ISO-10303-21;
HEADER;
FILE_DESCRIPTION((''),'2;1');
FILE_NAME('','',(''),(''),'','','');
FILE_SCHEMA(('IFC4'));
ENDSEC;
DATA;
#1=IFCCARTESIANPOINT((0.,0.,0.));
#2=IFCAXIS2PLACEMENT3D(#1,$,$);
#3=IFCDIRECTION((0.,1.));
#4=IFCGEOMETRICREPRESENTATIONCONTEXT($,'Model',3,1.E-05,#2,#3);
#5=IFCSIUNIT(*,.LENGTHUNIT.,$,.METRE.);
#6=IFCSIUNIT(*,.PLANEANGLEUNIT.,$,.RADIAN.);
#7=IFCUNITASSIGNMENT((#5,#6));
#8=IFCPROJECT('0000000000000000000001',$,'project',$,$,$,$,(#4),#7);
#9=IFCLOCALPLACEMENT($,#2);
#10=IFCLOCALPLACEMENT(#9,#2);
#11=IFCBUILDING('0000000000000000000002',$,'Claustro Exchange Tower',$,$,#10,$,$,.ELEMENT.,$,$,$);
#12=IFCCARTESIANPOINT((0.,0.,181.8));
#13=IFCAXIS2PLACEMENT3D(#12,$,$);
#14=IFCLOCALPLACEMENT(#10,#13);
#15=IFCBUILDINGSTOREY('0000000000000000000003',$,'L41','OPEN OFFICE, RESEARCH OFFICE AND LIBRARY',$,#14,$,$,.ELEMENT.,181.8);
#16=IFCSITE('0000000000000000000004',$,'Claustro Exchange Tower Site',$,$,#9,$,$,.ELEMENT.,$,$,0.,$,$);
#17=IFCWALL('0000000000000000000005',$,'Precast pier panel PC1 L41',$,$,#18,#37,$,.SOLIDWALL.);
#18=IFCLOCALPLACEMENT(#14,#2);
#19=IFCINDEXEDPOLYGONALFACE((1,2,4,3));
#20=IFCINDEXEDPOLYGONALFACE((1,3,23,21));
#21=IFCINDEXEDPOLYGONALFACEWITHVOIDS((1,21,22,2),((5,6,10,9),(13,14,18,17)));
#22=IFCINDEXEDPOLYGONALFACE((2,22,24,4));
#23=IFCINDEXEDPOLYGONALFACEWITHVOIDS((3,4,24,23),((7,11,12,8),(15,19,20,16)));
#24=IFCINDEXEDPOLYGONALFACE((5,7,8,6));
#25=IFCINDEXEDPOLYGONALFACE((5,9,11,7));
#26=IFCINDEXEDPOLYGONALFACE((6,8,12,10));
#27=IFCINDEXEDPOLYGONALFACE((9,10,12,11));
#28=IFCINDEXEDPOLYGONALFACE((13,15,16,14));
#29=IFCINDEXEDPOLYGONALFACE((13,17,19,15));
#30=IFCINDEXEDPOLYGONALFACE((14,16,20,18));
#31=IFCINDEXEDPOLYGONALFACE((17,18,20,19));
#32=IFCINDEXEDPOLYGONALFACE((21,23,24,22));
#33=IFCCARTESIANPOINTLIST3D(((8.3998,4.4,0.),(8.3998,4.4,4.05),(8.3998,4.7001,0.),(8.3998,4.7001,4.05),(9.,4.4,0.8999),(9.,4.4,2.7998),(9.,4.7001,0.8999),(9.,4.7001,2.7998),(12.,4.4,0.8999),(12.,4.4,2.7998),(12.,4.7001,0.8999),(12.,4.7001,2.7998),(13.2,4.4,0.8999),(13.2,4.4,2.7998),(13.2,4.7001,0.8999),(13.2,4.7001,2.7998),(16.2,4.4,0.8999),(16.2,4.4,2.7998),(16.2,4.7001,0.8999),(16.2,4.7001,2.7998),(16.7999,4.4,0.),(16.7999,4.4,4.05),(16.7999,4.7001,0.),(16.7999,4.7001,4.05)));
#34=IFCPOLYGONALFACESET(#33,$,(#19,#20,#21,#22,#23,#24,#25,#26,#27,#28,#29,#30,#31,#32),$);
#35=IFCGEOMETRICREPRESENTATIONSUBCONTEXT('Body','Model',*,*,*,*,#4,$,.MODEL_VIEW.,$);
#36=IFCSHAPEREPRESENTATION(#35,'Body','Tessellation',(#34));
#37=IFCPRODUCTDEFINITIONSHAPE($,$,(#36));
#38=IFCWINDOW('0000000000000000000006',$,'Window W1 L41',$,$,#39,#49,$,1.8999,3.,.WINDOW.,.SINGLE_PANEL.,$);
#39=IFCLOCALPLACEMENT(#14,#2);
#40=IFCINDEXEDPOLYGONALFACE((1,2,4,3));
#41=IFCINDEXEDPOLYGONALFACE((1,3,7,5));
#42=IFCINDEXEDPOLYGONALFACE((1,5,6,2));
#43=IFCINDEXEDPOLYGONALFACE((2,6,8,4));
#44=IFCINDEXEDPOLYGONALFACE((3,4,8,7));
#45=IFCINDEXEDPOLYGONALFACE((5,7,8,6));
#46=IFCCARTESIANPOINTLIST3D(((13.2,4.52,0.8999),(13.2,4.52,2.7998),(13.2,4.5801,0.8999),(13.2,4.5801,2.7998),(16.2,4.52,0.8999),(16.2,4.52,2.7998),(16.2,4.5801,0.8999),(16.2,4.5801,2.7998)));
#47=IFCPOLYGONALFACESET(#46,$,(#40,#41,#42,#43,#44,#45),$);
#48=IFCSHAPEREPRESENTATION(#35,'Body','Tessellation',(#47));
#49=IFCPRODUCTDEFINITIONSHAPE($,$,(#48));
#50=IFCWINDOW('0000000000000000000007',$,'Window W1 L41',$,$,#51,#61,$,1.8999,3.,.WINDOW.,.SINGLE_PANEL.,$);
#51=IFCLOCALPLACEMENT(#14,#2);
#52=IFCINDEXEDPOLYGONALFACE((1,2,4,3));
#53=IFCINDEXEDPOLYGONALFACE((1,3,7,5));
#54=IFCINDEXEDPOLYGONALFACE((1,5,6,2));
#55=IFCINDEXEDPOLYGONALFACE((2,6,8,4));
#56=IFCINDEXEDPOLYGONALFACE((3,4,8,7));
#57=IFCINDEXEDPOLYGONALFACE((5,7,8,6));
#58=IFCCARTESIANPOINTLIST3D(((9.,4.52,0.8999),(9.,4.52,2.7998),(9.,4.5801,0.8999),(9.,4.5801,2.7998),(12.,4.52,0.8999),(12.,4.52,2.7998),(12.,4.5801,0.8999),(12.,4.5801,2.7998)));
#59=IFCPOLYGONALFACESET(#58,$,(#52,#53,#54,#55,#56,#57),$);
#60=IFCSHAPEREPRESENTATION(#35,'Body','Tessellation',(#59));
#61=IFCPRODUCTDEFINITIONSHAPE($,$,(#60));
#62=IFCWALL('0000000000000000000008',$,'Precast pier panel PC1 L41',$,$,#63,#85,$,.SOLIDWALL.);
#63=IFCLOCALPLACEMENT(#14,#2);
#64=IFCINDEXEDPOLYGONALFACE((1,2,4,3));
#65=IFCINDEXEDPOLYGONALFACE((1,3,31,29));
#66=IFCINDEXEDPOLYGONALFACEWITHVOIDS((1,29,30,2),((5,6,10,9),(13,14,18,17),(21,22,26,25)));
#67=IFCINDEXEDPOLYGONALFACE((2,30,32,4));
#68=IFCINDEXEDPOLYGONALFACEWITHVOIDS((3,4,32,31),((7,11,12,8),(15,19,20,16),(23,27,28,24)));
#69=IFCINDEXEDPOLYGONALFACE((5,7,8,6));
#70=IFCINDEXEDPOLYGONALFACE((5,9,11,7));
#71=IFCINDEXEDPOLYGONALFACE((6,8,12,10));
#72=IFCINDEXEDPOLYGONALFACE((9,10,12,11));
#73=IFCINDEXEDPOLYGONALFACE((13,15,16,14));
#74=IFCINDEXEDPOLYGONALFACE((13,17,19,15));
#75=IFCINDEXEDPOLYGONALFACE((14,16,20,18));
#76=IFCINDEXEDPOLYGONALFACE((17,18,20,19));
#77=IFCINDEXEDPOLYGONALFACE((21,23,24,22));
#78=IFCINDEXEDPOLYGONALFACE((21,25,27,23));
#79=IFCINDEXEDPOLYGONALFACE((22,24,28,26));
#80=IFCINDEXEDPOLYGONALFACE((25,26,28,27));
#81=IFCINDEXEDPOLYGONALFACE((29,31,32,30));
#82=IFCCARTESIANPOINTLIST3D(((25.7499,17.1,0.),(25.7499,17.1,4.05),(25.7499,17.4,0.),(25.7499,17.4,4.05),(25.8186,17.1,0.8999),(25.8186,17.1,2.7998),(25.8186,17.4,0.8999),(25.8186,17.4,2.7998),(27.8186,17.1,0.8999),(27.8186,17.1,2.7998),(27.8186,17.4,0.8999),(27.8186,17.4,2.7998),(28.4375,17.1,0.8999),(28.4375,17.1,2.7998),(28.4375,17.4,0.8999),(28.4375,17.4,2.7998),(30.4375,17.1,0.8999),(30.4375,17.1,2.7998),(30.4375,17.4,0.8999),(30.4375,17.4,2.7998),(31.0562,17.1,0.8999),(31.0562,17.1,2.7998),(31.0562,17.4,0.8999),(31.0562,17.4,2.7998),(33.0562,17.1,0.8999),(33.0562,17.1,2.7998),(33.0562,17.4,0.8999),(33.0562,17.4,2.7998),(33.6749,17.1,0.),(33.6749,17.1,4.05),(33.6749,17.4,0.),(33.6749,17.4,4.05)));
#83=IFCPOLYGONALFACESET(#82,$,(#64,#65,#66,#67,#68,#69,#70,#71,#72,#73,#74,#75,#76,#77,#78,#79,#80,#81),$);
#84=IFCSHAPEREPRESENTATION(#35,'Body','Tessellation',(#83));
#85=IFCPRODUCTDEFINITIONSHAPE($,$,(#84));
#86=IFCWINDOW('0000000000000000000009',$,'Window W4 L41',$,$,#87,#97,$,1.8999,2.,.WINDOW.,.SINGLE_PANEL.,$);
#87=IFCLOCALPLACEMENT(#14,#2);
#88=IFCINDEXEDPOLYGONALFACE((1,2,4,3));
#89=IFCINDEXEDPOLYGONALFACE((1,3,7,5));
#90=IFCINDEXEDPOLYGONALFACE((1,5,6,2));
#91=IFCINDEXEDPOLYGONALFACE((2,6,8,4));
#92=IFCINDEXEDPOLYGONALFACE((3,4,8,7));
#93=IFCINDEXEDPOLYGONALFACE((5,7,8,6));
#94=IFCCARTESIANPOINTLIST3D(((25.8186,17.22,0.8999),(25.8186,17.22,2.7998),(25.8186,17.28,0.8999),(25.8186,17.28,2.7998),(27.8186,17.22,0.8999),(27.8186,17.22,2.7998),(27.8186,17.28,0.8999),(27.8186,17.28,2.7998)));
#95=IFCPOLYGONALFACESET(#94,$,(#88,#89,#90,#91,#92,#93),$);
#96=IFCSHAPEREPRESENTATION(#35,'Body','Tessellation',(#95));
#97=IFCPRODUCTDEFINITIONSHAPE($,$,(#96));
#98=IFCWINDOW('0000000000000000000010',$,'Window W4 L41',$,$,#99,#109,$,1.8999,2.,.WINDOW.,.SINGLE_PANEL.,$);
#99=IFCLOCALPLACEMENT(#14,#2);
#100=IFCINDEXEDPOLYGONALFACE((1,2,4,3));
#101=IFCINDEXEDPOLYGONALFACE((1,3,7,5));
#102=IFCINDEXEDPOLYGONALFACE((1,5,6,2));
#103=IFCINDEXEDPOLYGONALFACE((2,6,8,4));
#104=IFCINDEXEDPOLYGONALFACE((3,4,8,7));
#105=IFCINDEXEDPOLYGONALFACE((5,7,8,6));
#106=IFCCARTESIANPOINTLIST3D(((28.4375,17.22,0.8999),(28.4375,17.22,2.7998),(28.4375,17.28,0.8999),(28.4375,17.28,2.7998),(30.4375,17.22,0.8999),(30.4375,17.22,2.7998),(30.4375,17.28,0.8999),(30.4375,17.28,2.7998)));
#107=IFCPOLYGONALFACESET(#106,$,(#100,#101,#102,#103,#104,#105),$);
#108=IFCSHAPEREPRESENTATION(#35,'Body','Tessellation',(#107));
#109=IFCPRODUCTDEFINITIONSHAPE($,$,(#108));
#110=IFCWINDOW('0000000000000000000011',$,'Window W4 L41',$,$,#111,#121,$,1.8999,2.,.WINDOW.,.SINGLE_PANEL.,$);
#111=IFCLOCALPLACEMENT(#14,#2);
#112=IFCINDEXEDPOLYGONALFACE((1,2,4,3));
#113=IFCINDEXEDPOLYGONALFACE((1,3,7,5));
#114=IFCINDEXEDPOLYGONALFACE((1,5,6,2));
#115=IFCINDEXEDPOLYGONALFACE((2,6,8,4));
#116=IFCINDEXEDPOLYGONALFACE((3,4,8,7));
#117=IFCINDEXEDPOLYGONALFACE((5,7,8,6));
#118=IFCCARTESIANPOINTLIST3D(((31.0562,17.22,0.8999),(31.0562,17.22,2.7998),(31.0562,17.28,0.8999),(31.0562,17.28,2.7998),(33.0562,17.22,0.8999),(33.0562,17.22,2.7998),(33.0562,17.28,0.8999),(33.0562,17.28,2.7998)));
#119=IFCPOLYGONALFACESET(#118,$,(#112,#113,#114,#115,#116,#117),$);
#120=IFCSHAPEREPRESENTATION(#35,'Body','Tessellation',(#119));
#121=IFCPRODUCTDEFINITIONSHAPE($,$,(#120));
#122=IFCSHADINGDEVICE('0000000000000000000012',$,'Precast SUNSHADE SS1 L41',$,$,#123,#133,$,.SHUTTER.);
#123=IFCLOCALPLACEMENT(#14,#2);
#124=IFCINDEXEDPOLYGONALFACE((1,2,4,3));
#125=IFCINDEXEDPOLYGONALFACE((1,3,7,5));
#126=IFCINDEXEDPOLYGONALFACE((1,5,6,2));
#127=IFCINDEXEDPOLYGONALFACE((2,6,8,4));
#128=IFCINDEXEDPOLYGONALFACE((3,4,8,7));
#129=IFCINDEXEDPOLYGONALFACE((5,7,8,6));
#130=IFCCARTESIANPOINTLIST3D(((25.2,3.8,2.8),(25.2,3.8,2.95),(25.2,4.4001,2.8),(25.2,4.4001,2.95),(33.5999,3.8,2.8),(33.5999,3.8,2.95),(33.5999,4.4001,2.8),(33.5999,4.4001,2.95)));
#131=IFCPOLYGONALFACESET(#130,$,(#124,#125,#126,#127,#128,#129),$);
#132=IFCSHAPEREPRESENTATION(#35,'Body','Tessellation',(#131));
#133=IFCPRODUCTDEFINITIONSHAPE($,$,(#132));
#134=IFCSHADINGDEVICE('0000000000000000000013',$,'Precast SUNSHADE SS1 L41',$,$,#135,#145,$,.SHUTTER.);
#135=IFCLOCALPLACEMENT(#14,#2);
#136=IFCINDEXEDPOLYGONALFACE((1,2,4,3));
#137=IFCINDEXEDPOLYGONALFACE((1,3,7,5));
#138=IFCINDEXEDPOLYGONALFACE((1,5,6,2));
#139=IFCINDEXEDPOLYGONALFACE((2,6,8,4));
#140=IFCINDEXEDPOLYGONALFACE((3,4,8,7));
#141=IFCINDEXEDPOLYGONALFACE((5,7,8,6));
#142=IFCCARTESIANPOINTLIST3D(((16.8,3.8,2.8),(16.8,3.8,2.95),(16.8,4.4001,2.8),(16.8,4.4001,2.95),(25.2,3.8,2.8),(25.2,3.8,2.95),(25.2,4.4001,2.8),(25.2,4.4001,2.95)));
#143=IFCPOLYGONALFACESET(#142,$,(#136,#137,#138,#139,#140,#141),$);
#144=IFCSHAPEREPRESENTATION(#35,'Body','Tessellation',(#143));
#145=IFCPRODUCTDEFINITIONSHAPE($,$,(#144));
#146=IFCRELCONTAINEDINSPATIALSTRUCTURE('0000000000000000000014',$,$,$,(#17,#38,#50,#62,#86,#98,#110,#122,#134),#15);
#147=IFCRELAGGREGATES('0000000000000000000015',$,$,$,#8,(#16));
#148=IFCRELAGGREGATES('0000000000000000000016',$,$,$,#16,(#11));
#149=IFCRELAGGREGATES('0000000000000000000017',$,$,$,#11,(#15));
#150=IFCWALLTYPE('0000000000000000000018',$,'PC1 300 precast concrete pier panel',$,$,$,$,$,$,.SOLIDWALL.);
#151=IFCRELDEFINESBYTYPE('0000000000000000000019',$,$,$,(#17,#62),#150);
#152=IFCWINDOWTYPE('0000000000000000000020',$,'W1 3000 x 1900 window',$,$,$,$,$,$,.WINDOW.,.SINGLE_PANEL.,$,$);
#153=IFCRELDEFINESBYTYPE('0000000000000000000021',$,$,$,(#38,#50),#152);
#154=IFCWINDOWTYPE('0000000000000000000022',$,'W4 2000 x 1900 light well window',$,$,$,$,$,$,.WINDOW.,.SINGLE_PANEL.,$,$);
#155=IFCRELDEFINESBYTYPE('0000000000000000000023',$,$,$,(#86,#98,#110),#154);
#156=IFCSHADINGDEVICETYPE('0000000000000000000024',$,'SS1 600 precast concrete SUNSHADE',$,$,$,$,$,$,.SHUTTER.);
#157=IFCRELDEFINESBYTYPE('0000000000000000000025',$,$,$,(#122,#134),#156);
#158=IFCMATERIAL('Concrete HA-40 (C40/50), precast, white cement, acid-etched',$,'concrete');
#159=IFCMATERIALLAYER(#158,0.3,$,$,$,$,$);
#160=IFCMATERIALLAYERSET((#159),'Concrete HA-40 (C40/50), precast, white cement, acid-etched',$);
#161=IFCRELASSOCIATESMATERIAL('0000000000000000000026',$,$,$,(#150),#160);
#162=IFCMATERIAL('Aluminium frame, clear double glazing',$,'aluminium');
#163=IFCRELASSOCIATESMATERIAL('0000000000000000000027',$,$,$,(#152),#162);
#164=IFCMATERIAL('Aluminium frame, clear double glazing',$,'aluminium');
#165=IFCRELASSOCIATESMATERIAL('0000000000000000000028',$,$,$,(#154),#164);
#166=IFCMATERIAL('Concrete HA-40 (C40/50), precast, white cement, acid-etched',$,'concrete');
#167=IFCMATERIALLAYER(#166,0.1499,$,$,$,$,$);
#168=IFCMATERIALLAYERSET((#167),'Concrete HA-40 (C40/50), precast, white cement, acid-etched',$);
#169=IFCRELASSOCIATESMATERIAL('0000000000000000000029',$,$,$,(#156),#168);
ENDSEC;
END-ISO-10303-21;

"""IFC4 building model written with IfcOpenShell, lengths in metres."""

from ifc_helpers import new_model, si_unit, direction, frame, frame_2d, origin, origin_2d, place, context, subcontext, project, spatial, rectangle, extrude, material, layer, layer_set, type_object, element, fill, save


model = new_model("IFC4")

# Units and contexts
model_context = context("Model", 3, precision=1e-05, world=origin(), true_north=direction((0.0, 1.0)))
body_context = subcontext(model_context, "Body", "Model", "MODEL_VIEW")
ifc_project = project(units=[si_unit("LENGTHUNIT", "METRE"), si_unit("PLANEANGLEUNIT", "RADIAN")], contexts=[model_context])

# Site, building, storey
site_placement = place(None, origin())
site = spatial("IfcSite", under=ifc_project, at=site_placement, Name="Claustro Exchange Tower Site", CompositionType="ELEMENT", RefElevation=0.0)
building_placement = place(site_placement, origin())
building = spatial("IfcBuilding", under=site, at=building_placement, Name="Claustro Exchange Tower", CompositionType="ELEMENT")
storey_placement = place(building_placement, frame((0.0, 0.0, 181.8)))
storey = spatial("IfcBuildingStorey", under=building, at=storey_placement, Name="L41", Description="OPEN OFFICE, RESEARCH OFFICE AND LIBRARY", CompositionType="ELEMENT", Elevation=181.8)

# Walls, openings, windows
ifc_material_1 = material(Name="Concrete HA-40 (C40/50), precast, white cement, acid-etched", Category="concrete")
ifc_layer_1 = layer(ifc_material_1, 0.3)
ifc_layer_set_1 = layer_set([ifc_layer_1], Name="Concrete HA-40 (C40/50), precast, white cement, acid-etched")
wall_type_1 = type_object("IfcWallType", Name="PC1 300 precast concrete pier panel", PredefinedType="SOLIDWALL", material=ifc_layer_set_1)
ifc_material_2 = material(Name="Aluminium frame, clear double glazing", Category="aluminium")
window_type_1 = type_object("IfcWindowType", Name="W1 3000 x 1900 window", PartitioningType="SINGLE_PANEL", PredefinedType="WINDOW", material=ifc_material_2)
wall_1_placement = place(storey_placement, frame((16.8, 4.55, 0.0), z_axis=(0.0, 0.0, 1.0), x_axis=(-1.0, 0.0, 0.0)))
wall_1 = element("IfcWall", 1, at=wall_1_placement, inside=storey, type_object=wall_type_1, Name="Precast pier panel PC1 L41", PredefinedType="SOLIDWALL", context=body_context, shape_type="SweptSolid", body=[
    extrude(rectangle(XDim=8.4001, YDim=0.3, at=frame_2d((4.2002, 0.0))), origin(), (0.0, 0.0, 1.0), 4.05),
])
opening_1_placement = place(wall_1_placement, frame((0.6001, 0.0, 0.8999)))
opening_1 = element("IfcOpeningElement", 2, at=opening_1_placement, cuts=wall_1, PredefinedType="OPENING", context=body_context, shape_type="SweptSolid", body=[
    extrude(rectangle(XDim=3.0, YDim=1.8999, at=frame_2d((1.5, 0.95))), frame((0.0, 0.1599, 0.0), z_axis=(0.0, -1.0, 0.0), x_axis=(1.0, 0.0, 0.0)), (0.0, 0.0, 1.0), 0.3201),
])
opening_2_placement = place(wall_1_placement, frame((4.8, 0.0, 0.8999)))
opening_2 = element("IfcOpeningElement", 3, at=opening_2_placement, cuts=wall_1, PredefinedType="OPENING", context=body_context, shape_type="SweptSolid", body=[
    extrude(rectangle(XDim=3.0, YDim=1.8999, at=frame_2d((1.5, 0.95))), frame((0.0, 0.1599, 0.0), z_axis=(0.0, -1.0, 0.0), x_axis=(1.0, 0.0, 0.0)), (0.0, 0.0, 1.0), 0.3201),
])
window_1_placement = place(opening_1_placement, origin())
window_1 = element("IfcWindow", 4, at=window_1_placement, inside=storey, type_object=window_type_1, Name="Window W1 L41", OverallHeight=1.8999, OverallWidth=3.0, PartitioningType="SINGLE_PANEL", PredefinedType="WINDOW", context=body_context, shape_type="SweptSolid", body=[
    extrude(rectangle(XDim=3.0, YDim=1.8999, at=frame_2d((1.5, 0.95))), frame((0.0, 0.03, 0.0), z_axis=(0.0, -1.0, 0.0), x_axis=(1.0, 0.0, 0.0)), (0.0, 0.0, 1.0), 0.0601),
])
fill(opening_1, window_1)
window_2_placement = place(opening_2_placement, origin())
window_2 = element("IfcWindow", 5, at=window_2_placement, inside=storey, type_object=window_type_1, Name="Window W1 L41", OverallHeight=1.8999, OverallWidth=3.0, PartitioningType="SINGLE_PANEL", PredefinedType="WINDOW", context=body_context, shape_type="SweptSolid", body=[
    extrude(rectangle(XDim=3.0, YDim=1.8999, at=frame_2d((1.5, 0.95))), frame((0.0, 0.03, 0.0), z_axis=(0.0, -1.0, 0.0), x_axis=(1.0, 0.0, 0.0)), (0.0, 0.0, 1.0), 0.0601),
])
fill(opening_2, window_2)
wall_2_placement = place(storey_placement, frame((25.75, 17.25, 0.0), z_axis=(0.0, 0.0, 1.0), x_axis=(1.0, 0.0, 0.0)))
wall_2 = element("IfcWall", 6, at=wall_2_placement, inside=storey, type_object=wall_type_1, Name="Precast pier panel PC1 L41", PredefinedType="SOLIDWALL", context=body_context, shape_type="SweptSolid", body=[
    extrude(rectangle(XDim=7.925, YDim=0.3, at=frame_2d((3.9624, 0.0))), origin(), (0.0, 0.0, 1.0), 4.05),
])
opening_3_placement = place(wall_2_placement, frame((0.0686, 0.0, 0.8999)))
opening_3 = element("IfcOpeningElement", 7, at=opening_3_placement, cuts=wall_2, PredefinedType="OPENING", context=body_context, shape_type="SweptSolid", body=[
    extrude(rectangle(XDim=2.0, YDim=1.8999, at=frame_2d((1.0, 0.95))), frame((0.0, 0.1599, 0.0), z_axis=(0.0, -1.0, 0.0), x_axis=(1.0, 0.0, 0.0)), (0.0, 0.0, 1.0), 0.3201),
])
opening_4_placement = place(wall_2_placement, frame((2.6875, 0.0, 0.8999)))
opening_4 = element("IfcOpeningElement", 8, at=opening_4_placement, cuts=wall_2, PredefinedType="OPENING", context=body_context, shape_type="SweptSolid", body=[
    extrude(rectangle(XDim=2.0, YDim=1.8999, at=frame_2d((1.0, 0.95))), frame((0.0, 0.1599, 0.0), z_axis=(0.0, -1.0, 0.0), x_axis=(1.0, 0.0, 0.0)), (0.0, 0.0, 1.0), 0.3201),
])
opening_5_placement = place(wall_2_placement, frame((5.3062, 0.0, 0.8999)))
opening_5 = element("IfcOpeningElement", 9, at=opening_5_placement, cuts=wall_2, PredefinedType="OPENING", context=body_context, shape_type="SweptSolid", body=[
    extrude(rectangle(XDim=2.0, YDim=1.8999, at=frame_2d((1.0, 0.95))), frame((0.0, 0.1599, 0.0), z_axis=(0.0, -1.0, 0.0), x_axis=(1.0, 0.0, 0.0)), (0.0, 0.0, 1.0), 0.3201),
])
ifc_material_3 = material(Name="Aluminium frame, clear double glazing", Category="aluminium")
window_type_2 = type_object("IfcWindowType", Name="W4 2000 x 1900 light well window", PartitioningType="SINGLE_PANEL", PredefinedType="WINDOW", material=ifc_material_3)
window_3_placement = place(opening_3_placement, origin())
window_3 = element("IfcWindow", 10, at=window_3_placement, inside=storey, type_object=window_type_2, Name="Window W4 L41", OverallHeight=1.8999, OverallWidth=2.0, PartitioningType="SINGLE_PANEL", PredefinedType="WINDOW", context=body_context, shape_type="SweptSolid", body=[
    extrude(rectangle(XDim=2.0, YDim=1.8999, at=frame_2d((1.0, 0.95))), frame((0.0, 0.03, 0.0), z_axis=(0.0, -1.0, 0.0), x_axis=(1.0, 0.0, 0.0)), (0.0, 0.0, 1.0), 0.0601),
])
fill(opening_3, window_3)
window_4_placement = place(opening_4_placement, origin())
window_4 = element("IfcWindow", 11, at=window_4_placement, inside=storey, type_object=window_type_2, Name="Window W4 L41", OverallHeight=1.8999, OverallWidth=2.0, PartitioningType="SINGLE_PANEL", PredefinedType="WINDOW", context=body_context, shape_type="SweptSolid", body=[
    extrude(rectangle(XDim=2.0, YDim=1.8999, at=frame_2d((1.0, 0.95))), frame((0.0, 0.03, 0.0), z_axis=(0.0, -1.0, 0.0), x_axis=(1.0, 0.0, 0.0)), (0.0, 0.0, 1.0), 0.0601),
])
fill(opening_4, window_4)
window_5_placement = place(opening_5_placement, origin())
window_5 = element("IfcWindow", 12, at=window_5_placement, inside=storey, type_object=window_type_2, Name="Window W4 L41", OverallHeight=1.8999, OverallWidth=2.0, PartitioningType="SINGLE_PANEL", PredefinedType="WINDOW", context=body_context, shape_type="SweptSolid", body=[
    extrude(rectangle(XDim=2.0, YDim=1.8999, at=frame_2d((1.0, 0.95))), frame((0.0, 0.03, 0.0), z_axis=(0.0, -1.0, 0.0), x_axis=(1.0, 0.0, 0.0)), (0.0, 0.0, 1.0), 0.0601),
])
fill(opening_5, window_5)

# Shading devices
ifc_material_4 = material(Name="Concrete HA-40 (C40/50), precast, white cement, acid-etched", Category="concrete")
ifc_layer_2 = layer(ifc_material_4, 0.1499)
ifc_layer_set_2 = layer_set([ifc_layer_2], Name="Concrete HA-40 (C40/50), precast, white cement, acid-etched")
shading_device_type = type_object("IfcShadingDeviceType", Name="SS1 600 precast concrete SUNSHADE", PredefinedType="SHUTTER", material=ifc_layer_set_2)
for number, where, z_axis, x_axis, name in (
    (13, (29.3999, 4.1001, 2.8), (0.0, 0.0, 1.0), (-1.0, 0.0, 0.0), "Precast SUNSHADE SS1 L41"),
    (14, (21.0, 4.1001, 2.8), (0.0, 0.0, 1.0), (-1.0, 0.0, 0.0), "Precast SUNSHADE SS1 L41"),
):
    element("IfcShadingDevice", number, at=place(storey_placement, frame(where, z_axis=z_axis, x_axis=x_axis)), inside=storey, type_object=shading_device_type, Name=name, PredefinedType="SHUTTER", context=body_context, shape_type="SweptSolid", body=[
        extrude(rectangle(XDim=8.3999, YDim=0.6001, at=origin_2d()), origin(), (0.0, 0.0, 1.0), 0.1499),
    ])

save(model, "model.ifc")
